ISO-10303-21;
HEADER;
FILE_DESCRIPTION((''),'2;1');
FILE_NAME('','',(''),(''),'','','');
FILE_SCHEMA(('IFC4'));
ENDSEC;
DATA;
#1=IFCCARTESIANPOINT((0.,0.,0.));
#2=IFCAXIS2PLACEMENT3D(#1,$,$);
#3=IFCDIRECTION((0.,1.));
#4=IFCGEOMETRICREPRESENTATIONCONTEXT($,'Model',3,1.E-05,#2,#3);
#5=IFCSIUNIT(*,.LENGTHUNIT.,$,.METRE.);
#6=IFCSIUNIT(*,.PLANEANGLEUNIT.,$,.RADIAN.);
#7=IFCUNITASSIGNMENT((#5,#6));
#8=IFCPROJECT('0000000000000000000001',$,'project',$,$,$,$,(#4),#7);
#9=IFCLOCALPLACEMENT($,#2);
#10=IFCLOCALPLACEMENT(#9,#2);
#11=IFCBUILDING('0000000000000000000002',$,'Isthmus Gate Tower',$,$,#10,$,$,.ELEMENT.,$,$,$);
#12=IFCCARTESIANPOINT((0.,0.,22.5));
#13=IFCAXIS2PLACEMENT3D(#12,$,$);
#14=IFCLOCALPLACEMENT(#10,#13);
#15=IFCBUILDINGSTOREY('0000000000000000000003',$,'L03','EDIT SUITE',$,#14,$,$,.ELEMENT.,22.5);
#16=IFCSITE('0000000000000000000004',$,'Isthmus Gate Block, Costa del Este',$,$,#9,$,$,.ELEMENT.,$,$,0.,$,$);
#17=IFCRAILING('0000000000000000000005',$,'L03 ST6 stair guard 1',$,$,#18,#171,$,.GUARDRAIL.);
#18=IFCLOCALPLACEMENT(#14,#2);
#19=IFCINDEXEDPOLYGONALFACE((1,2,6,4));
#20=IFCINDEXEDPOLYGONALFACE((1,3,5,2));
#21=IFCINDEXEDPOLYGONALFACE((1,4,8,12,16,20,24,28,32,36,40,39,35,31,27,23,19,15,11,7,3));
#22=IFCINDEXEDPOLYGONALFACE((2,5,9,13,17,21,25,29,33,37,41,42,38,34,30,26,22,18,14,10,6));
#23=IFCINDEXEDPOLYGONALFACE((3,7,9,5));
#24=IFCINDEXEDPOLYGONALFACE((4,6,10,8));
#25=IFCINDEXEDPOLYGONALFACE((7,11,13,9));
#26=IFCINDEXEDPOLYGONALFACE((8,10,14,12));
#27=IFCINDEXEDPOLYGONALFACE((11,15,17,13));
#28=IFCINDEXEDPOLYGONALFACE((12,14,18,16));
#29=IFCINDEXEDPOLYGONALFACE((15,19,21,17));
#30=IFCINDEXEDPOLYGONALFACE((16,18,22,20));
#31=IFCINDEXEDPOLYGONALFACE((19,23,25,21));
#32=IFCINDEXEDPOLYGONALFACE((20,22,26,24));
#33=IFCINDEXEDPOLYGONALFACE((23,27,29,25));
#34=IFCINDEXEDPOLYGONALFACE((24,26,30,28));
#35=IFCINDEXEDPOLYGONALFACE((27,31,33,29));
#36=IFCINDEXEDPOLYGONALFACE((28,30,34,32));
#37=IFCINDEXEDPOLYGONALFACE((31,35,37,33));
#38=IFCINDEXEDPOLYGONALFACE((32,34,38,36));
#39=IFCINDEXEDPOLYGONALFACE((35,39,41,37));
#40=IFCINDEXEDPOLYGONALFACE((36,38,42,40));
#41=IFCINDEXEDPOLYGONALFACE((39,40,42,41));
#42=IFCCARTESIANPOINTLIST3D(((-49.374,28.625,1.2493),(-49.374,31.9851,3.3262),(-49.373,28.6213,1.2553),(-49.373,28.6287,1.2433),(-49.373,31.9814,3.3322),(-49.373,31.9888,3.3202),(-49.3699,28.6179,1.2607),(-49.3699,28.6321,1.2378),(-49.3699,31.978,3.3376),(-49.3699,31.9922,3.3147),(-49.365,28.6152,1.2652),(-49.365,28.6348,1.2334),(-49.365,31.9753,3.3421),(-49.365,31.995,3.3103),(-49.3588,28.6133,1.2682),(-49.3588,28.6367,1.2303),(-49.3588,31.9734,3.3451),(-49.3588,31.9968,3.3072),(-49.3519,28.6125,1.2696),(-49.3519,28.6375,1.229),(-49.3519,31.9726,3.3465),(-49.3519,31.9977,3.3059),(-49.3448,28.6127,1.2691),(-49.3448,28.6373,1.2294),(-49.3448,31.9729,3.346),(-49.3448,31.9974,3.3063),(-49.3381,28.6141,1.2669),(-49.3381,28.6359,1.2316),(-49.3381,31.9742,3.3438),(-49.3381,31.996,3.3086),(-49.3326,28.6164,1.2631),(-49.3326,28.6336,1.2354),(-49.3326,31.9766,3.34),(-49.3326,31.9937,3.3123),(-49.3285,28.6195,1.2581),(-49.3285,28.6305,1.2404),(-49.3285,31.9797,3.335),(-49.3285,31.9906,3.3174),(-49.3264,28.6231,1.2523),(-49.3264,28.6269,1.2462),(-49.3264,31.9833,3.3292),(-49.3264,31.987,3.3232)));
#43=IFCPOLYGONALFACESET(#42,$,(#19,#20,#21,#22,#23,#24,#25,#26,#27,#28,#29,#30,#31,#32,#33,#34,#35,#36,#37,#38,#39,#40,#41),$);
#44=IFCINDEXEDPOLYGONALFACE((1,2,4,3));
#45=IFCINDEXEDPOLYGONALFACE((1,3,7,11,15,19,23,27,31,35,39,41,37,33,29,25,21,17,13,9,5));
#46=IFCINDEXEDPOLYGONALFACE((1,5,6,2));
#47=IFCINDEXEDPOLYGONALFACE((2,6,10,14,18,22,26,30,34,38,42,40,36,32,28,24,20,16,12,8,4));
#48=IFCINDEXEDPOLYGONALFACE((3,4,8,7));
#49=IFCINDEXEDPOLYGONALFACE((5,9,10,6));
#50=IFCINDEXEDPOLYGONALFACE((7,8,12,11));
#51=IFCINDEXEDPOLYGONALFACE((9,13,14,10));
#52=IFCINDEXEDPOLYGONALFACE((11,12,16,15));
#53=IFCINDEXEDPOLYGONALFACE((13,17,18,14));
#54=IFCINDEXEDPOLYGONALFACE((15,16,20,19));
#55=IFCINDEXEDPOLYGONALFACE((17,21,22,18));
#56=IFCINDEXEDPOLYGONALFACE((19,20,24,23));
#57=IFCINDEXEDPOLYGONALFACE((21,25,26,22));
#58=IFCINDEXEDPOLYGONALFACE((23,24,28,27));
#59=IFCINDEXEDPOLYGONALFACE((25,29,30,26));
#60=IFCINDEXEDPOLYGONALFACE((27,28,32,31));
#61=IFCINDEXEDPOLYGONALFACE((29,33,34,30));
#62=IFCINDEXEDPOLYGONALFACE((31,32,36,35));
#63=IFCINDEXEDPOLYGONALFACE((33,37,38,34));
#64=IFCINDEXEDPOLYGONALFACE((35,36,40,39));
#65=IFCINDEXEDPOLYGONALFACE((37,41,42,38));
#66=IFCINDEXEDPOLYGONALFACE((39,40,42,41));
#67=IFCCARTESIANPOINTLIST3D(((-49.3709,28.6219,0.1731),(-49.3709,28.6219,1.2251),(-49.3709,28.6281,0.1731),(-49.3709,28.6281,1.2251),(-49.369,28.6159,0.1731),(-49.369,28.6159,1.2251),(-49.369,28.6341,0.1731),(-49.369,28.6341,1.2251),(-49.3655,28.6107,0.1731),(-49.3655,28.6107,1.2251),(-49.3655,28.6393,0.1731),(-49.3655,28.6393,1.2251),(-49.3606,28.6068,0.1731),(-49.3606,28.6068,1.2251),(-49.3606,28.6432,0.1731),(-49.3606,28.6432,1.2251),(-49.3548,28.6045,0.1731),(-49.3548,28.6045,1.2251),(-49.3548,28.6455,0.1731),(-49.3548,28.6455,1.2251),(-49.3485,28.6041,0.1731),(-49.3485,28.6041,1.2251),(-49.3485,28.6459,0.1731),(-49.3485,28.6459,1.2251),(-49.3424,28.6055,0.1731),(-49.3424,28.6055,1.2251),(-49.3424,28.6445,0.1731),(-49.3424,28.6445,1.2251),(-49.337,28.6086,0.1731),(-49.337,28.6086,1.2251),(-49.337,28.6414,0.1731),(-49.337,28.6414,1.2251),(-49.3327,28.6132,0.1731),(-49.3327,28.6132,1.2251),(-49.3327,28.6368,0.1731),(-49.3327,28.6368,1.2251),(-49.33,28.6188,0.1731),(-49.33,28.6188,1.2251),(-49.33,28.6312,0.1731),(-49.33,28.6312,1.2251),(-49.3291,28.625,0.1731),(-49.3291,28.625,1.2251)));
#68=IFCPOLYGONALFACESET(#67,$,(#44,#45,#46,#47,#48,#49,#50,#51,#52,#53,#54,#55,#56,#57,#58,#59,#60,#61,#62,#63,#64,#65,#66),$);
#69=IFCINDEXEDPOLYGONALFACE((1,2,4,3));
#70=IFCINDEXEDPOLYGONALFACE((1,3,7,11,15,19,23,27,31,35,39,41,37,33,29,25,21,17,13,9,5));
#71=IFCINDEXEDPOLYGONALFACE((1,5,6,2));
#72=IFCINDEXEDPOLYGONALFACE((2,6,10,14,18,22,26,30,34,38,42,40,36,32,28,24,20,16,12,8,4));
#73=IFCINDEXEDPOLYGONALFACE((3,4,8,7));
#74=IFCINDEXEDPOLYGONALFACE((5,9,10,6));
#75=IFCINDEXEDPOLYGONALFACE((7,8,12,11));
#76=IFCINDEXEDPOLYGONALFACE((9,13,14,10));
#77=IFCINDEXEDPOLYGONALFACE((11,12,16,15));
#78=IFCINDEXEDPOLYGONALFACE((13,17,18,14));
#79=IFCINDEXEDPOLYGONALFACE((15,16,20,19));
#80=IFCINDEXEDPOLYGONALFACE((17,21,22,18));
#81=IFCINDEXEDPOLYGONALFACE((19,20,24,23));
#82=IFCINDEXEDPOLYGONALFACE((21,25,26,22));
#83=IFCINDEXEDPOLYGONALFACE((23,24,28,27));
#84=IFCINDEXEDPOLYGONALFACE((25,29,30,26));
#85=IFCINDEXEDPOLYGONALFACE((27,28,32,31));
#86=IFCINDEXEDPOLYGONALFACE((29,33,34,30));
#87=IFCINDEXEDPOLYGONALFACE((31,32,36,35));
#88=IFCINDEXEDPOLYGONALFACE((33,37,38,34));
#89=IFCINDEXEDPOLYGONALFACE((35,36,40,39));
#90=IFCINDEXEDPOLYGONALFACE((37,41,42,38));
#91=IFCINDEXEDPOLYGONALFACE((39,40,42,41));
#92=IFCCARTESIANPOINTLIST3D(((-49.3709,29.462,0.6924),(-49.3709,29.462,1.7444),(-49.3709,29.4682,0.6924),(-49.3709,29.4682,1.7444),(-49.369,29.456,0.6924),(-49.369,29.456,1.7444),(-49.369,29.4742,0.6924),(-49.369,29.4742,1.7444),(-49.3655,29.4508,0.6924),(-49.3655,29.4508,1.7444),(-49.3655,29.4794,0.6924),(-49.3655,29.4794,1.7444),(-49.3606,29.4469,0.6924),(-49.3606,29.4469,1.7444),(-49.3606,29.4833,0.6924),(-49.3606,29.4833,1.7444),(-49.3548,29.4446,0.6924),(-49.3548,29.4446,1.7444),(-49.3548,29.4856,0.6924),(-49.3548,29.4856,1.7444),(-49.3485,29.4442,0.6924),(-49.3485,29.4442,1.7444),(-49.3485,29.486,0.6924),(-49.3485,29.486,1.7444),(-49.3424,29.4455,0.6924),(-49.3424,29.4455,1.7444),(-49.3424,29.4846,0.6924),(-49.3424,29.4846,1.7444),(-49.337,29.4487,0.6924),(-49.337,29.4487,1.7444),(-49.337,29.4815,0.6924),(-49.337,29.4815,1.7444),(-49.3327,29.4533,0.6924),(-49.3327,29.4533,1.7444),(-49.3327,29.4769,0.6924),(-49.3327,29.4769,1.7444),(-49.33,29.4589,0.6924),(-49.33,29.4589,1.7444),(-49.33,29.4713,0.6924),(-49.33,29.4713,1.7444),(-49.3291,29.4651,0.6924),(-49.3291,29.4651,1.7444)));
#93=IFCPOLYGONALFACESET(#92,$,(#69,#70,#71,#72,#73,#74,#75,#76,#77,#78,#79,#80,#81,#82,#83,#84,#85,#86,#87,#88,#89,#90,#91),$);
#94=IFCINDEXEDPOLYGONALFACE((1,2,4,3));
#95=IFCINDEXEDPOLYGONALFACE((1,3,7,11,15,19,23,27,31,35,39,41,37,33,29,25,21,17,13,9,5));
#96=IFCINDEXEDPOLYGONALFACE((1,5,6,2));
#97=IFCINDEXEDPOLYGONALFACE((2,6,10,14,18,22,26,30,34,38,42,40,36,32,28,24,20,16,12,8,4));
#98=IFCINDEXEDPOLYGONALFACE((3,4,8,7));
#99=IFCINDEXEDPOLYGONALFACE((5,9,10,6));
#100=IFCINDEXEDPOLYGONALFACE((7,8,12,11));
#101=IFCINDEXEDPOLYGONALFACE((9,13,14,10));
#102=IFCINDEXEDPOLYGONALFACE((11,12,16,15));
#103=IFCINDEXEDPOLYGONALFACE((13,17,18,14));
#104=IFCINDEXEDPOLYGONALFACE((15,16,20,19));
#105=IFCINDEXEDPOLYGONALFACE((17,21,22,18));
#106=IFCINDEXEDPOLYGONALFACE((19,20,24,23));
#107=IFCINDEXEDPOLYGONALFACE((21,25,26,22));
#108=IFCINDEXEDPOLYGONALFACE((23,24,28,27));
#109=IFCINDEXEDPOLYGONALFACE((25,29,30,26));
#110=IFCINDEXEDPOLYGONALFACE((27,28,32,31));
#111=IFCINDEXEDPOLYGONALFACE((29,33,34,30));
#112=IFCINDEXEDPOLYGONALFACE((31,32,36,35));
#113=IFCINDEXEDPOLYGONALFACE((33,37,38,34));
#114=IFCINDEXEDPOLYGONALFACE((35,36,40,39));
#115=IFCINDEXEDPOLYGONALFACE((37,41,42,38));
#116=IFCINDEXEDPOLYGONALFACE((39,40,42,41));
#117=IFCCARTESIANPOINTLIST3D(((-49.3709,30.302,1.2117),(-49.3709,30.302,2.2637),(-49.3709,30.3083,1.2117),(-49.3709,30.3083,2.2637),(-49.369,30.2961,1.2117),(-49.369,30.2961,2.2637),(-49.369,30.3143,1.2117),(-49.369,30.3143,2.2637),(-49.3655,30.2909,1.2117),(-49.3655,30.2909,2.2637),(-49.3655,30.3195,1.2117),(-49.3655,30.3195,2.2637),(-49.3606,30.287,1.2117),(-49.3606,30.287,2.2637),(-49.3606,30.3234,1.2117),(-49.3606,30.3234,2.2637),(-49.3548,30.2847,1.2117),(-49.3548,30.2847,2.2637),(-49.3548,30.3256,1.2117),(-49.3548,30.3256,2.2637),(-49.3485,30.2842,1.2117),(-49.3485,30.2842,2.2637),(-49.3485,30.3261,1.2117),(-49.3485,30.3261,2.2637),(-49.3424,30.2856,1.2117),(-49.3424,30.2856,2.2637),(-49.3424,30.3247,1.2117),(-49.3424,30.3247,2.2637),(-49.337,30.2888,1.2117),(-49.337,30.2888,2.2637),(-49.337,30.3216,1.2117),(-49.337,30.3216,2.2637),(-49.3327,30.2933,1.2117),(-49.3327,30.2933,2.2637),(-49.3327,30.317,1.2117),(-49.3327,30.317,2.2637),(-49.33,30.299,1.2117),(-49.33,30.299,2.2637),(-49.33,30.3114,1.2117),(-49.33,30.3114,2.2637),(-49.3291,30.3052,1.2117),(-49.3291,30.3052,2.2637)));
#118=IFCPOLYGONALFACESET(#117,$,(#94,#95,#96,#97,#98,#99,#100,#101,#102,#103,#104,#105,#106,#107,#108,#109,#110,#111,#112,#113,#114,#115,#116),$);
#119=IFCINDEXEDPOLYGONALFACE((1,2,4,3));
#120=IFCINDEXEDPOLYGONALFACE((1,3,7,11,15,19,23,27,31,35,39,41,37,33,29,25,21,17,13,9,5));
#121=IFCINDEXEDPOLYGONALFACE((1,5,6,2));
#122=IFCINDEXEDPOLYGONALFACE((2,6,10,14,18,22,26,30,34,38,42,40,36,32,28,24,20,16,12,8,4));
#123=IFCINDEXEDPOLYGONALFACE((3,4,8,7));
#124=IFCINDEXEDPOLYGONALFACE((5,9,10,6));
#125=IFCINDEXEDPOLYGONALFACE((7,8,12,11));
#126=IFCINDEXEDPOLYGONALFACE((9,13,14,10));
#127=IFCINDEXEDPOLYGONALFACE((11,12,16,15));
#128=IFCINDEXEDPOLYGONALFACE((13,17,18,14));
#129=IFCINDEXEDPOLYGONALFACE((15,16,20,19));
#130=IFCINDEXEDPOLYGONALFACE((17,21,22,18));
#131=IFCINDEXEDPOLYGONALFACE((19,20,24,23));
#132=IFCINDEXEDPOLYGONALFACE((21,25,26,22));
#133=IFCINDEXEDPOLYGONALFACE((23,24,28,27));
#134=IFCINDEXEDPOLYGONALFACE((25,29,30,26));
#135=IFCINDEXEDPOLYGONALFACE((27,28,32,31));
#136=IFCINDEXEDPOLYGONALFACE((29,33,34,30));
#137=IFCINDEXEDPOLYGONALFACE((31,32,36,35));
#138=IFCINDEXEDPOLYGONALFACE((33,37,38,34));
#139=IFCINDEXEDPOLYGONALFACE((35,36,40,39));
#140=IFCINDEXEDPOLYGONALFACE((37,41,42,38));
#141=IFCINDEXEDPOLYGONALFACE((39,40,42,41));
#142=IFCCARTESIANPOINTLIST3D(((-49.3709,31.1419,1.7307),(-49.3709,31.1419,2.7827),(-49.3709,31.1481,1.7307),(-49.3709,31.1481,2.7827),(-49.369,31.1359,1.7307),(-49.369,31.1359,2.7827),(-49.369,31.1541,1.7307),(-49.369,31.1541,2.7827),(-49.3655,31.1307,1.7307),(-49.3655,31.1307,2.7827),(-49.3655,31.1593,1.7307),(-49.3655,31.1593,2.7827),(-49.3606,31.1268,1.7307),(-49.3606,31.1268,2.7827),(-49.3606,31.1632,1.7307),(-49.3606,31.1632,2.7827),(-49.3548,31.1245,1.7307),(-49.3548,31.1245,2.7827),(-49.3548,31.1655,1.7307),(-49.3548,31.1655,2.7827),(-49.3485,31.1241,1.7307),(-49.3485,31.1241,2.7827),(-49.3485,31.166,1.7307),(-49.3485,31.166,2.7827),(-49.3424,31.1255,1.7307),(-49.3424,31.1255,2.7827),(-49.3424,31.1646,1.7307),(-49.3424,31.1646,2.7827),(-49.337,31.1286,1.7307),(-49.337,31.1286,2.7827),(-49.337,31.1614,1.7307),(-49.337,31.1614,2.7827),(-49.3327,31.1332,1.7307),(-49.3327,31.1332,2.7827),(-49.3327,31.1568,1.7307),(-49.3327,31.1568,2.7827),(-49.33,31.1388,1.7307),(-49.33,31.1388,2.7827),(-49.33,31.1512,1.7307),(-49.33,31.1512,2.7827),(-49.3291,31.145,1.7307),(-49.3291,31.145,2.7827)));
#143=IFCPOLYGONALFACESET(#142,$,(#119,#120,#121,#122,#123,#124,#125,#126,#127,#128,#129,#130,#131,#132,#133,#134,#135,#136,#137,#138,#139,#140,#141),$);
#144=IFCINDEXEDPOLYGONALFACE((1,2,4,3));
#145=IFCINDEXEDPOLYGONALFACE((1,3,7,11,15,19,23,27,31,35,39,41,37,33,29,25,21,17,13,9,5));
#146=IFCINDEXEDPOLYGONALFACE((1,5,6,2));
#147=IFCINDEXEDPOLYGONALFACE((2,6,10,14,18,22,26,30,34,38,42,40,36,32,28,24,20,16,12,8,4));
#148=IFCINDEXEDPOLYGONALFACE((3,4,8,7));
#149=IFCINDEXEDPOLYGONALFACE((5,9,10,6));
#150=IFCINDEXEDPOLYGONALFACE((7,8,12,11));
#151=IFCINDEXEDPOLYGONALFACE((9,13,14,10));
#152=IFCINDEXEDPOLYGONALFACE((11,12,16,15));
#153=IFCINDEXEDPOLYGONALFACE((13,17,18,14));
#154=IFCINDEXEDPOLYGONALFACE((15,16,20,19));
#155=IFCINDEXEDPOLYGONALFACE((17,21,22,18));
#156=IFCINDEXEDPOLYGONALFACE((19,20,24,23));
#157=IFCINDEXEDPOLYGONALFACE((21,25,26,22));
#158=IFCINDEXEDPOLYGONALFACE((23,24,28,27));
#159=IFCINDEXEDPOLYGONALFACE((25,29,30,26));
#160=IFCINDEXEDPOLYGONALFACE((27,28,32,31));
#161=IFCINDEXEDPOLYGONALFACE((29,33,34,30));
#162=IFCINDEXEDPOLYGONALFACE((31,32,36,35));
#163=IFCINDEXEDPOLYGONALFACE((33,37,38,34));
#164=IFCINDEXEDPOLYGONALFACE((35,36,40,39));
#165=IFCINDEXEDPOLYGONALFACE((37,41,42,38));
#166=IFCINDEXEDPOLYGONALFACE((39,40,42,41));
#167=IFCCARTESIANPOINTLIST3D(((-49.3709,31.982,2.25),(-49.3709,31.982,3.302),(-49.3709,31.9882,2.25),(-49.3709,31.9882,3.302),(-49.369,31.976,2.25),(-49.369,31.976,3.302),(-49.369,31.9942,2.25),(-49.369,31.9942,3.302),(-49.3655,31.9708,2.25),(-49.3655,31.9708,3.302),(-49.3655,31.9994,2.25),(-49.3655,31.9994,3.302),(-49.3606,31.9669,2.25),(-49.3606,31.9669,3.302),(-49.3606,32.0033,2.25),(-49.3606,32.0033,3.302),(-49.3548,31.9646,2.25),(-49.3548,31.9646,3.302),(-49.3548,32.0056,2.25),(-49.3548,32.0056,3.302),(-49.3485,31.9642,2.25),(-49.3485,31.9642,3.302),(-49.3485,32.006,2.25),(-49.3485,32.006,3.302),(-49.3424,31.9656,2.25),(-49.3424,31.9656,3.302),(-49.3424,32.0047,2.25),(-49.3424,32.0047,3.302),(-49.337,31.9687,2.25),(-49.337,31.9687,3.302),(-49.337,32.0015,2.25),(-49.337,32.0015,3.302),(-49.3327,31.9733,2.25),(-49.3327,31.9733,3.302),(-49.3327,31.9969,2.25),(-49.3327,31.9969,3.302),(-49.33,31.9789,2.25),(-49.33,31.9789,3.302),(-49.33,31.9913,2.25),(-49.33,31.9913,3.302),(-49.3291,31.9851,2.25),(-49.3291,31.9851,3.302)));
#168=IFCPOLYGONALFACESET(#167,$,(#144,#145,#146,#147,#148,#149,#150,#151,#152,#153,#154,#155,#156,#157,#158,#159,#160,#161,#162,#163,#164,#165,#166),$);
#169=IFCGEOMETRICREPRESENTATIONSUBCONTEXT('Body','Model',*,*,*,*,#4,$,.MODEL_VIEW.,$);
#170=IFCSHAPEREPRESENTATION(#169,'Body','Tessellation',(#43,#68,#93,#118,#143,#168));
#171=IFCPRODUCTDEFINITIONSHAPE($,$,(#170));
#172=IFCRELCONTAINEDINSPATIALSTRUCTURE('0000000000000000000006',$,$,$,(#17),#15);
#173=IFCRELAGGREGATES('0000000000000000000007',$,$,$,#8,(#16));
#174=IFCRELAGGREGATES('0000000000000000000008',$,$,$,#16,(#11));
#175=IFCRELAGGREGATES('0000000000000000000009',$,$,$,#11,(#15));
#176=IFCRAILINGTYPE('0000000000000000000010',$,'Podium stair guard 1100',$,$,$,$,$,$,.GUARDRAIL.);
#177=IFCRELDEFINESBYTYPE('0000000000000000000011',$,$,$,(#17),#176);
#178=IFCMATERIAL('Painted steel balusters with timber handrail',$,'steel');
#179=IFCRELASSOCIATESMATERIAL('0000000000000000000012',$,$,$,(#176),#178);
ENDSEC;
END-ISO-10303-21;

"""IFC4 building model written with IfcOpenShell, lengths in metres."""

from ifc_helpers import new_model, si_unit, direction, frame, origin, origin_2d, place, context, subcontext, project, spatial, circle, extrude, material, type_object, element, save


model = new_model("IFC4")

# Units and contexts
model_context = context("Model", 3, precision=1e-05, world=origin(), true_north=direction((0.0, 1.0)))
body_context = subcontext(model_context, "Body", "Model", "MODEL_VIEW")
ifc_project = project(units=[si_unit("LENGTHUNIT", "METRE"), si_unit("PLANEANGLEUNIT", "RADIAN")], contexts=[model_context])

# Site, building, storey
site_placement = place(None, origin())
site = spatial("IfcSite", under=ifc_project, at=site_placement, Name="Isthmus Gate Block, Costa del Este", CompositionType="ELEMENT", RefElevation=0.0)
building_placement = place(site_placement, origin())
building = spatial("IfcBuilding", under=site, at=building_placement, Name="Isthmus Gate Tower", CompositionType="ELEMENT")
storey_placement = place(building_placement, frame((0.0, 0.0, 22.5)))
storey = spatial("IfcBuildingStorey", under=building, at=storey_placement, Name="L03", Description="EDIT SUITE", CompositionType="ELEMENT", Elevation=22.5)

# Railing
ifc_material_1 = material(Name="Painted steel balusters with timber handrail", Category="steel")
railing_type_1 = type_object("IfcRailingType", Name="Podium stair guard 1100", PredefinedType="GUARDRAIL", material=ifc_material_1)
railing_1_placement = place(storey_placement, frame((-49.3501, 28.625, 0.1731)))
element("IfcRailing", 1, at=railing_1_placement, inside=storey, type_object=railing_type_1, Name="L03 ST6 stair guard 1", PredefinedType="GUARDRAIL", context=body_context, shape_type="SweptSolid", body=[
    extrude(circle(Radius=0.0239, at=origin_2d()), frame((0.0, 0.0, 1.0762), z_axis=(0.0, 0.850623, 0.525776), x_axis=(-1.0, 0.0, 0.0)), (0.0, 0.0, 1.0), 3.9502),
    extrude(circle(Radius=0.021, at=origin_2d()), origin(), (0.0, 0.0, 1.0), 1.052),
    extrude(circle(Radius=0.021, at=origin_2d()), frame((0.0, 0.8401, 0.5193)), (0.0, 0.0, 1.0), 1.052),
    extrude(circle(Radius=0.021, at=origin_2d()), frame((0.0, 1.6802, 1.0386)), (0.0, 0.0, 1.0), 1.052),
    extrude(circle(Radius=0.021, at=origin_2d()), frame((0.0, 2.52, 1.5576)), (0.0, 0.0, 1.0), 1.052),
    extrude(circle(Radius=0.021, at=origin_2d()), frame((0.0, 3.3601, 2.0769)), (0.0, 0.0, 1.0), 1.052),
])

save(model, "model.ifc")
